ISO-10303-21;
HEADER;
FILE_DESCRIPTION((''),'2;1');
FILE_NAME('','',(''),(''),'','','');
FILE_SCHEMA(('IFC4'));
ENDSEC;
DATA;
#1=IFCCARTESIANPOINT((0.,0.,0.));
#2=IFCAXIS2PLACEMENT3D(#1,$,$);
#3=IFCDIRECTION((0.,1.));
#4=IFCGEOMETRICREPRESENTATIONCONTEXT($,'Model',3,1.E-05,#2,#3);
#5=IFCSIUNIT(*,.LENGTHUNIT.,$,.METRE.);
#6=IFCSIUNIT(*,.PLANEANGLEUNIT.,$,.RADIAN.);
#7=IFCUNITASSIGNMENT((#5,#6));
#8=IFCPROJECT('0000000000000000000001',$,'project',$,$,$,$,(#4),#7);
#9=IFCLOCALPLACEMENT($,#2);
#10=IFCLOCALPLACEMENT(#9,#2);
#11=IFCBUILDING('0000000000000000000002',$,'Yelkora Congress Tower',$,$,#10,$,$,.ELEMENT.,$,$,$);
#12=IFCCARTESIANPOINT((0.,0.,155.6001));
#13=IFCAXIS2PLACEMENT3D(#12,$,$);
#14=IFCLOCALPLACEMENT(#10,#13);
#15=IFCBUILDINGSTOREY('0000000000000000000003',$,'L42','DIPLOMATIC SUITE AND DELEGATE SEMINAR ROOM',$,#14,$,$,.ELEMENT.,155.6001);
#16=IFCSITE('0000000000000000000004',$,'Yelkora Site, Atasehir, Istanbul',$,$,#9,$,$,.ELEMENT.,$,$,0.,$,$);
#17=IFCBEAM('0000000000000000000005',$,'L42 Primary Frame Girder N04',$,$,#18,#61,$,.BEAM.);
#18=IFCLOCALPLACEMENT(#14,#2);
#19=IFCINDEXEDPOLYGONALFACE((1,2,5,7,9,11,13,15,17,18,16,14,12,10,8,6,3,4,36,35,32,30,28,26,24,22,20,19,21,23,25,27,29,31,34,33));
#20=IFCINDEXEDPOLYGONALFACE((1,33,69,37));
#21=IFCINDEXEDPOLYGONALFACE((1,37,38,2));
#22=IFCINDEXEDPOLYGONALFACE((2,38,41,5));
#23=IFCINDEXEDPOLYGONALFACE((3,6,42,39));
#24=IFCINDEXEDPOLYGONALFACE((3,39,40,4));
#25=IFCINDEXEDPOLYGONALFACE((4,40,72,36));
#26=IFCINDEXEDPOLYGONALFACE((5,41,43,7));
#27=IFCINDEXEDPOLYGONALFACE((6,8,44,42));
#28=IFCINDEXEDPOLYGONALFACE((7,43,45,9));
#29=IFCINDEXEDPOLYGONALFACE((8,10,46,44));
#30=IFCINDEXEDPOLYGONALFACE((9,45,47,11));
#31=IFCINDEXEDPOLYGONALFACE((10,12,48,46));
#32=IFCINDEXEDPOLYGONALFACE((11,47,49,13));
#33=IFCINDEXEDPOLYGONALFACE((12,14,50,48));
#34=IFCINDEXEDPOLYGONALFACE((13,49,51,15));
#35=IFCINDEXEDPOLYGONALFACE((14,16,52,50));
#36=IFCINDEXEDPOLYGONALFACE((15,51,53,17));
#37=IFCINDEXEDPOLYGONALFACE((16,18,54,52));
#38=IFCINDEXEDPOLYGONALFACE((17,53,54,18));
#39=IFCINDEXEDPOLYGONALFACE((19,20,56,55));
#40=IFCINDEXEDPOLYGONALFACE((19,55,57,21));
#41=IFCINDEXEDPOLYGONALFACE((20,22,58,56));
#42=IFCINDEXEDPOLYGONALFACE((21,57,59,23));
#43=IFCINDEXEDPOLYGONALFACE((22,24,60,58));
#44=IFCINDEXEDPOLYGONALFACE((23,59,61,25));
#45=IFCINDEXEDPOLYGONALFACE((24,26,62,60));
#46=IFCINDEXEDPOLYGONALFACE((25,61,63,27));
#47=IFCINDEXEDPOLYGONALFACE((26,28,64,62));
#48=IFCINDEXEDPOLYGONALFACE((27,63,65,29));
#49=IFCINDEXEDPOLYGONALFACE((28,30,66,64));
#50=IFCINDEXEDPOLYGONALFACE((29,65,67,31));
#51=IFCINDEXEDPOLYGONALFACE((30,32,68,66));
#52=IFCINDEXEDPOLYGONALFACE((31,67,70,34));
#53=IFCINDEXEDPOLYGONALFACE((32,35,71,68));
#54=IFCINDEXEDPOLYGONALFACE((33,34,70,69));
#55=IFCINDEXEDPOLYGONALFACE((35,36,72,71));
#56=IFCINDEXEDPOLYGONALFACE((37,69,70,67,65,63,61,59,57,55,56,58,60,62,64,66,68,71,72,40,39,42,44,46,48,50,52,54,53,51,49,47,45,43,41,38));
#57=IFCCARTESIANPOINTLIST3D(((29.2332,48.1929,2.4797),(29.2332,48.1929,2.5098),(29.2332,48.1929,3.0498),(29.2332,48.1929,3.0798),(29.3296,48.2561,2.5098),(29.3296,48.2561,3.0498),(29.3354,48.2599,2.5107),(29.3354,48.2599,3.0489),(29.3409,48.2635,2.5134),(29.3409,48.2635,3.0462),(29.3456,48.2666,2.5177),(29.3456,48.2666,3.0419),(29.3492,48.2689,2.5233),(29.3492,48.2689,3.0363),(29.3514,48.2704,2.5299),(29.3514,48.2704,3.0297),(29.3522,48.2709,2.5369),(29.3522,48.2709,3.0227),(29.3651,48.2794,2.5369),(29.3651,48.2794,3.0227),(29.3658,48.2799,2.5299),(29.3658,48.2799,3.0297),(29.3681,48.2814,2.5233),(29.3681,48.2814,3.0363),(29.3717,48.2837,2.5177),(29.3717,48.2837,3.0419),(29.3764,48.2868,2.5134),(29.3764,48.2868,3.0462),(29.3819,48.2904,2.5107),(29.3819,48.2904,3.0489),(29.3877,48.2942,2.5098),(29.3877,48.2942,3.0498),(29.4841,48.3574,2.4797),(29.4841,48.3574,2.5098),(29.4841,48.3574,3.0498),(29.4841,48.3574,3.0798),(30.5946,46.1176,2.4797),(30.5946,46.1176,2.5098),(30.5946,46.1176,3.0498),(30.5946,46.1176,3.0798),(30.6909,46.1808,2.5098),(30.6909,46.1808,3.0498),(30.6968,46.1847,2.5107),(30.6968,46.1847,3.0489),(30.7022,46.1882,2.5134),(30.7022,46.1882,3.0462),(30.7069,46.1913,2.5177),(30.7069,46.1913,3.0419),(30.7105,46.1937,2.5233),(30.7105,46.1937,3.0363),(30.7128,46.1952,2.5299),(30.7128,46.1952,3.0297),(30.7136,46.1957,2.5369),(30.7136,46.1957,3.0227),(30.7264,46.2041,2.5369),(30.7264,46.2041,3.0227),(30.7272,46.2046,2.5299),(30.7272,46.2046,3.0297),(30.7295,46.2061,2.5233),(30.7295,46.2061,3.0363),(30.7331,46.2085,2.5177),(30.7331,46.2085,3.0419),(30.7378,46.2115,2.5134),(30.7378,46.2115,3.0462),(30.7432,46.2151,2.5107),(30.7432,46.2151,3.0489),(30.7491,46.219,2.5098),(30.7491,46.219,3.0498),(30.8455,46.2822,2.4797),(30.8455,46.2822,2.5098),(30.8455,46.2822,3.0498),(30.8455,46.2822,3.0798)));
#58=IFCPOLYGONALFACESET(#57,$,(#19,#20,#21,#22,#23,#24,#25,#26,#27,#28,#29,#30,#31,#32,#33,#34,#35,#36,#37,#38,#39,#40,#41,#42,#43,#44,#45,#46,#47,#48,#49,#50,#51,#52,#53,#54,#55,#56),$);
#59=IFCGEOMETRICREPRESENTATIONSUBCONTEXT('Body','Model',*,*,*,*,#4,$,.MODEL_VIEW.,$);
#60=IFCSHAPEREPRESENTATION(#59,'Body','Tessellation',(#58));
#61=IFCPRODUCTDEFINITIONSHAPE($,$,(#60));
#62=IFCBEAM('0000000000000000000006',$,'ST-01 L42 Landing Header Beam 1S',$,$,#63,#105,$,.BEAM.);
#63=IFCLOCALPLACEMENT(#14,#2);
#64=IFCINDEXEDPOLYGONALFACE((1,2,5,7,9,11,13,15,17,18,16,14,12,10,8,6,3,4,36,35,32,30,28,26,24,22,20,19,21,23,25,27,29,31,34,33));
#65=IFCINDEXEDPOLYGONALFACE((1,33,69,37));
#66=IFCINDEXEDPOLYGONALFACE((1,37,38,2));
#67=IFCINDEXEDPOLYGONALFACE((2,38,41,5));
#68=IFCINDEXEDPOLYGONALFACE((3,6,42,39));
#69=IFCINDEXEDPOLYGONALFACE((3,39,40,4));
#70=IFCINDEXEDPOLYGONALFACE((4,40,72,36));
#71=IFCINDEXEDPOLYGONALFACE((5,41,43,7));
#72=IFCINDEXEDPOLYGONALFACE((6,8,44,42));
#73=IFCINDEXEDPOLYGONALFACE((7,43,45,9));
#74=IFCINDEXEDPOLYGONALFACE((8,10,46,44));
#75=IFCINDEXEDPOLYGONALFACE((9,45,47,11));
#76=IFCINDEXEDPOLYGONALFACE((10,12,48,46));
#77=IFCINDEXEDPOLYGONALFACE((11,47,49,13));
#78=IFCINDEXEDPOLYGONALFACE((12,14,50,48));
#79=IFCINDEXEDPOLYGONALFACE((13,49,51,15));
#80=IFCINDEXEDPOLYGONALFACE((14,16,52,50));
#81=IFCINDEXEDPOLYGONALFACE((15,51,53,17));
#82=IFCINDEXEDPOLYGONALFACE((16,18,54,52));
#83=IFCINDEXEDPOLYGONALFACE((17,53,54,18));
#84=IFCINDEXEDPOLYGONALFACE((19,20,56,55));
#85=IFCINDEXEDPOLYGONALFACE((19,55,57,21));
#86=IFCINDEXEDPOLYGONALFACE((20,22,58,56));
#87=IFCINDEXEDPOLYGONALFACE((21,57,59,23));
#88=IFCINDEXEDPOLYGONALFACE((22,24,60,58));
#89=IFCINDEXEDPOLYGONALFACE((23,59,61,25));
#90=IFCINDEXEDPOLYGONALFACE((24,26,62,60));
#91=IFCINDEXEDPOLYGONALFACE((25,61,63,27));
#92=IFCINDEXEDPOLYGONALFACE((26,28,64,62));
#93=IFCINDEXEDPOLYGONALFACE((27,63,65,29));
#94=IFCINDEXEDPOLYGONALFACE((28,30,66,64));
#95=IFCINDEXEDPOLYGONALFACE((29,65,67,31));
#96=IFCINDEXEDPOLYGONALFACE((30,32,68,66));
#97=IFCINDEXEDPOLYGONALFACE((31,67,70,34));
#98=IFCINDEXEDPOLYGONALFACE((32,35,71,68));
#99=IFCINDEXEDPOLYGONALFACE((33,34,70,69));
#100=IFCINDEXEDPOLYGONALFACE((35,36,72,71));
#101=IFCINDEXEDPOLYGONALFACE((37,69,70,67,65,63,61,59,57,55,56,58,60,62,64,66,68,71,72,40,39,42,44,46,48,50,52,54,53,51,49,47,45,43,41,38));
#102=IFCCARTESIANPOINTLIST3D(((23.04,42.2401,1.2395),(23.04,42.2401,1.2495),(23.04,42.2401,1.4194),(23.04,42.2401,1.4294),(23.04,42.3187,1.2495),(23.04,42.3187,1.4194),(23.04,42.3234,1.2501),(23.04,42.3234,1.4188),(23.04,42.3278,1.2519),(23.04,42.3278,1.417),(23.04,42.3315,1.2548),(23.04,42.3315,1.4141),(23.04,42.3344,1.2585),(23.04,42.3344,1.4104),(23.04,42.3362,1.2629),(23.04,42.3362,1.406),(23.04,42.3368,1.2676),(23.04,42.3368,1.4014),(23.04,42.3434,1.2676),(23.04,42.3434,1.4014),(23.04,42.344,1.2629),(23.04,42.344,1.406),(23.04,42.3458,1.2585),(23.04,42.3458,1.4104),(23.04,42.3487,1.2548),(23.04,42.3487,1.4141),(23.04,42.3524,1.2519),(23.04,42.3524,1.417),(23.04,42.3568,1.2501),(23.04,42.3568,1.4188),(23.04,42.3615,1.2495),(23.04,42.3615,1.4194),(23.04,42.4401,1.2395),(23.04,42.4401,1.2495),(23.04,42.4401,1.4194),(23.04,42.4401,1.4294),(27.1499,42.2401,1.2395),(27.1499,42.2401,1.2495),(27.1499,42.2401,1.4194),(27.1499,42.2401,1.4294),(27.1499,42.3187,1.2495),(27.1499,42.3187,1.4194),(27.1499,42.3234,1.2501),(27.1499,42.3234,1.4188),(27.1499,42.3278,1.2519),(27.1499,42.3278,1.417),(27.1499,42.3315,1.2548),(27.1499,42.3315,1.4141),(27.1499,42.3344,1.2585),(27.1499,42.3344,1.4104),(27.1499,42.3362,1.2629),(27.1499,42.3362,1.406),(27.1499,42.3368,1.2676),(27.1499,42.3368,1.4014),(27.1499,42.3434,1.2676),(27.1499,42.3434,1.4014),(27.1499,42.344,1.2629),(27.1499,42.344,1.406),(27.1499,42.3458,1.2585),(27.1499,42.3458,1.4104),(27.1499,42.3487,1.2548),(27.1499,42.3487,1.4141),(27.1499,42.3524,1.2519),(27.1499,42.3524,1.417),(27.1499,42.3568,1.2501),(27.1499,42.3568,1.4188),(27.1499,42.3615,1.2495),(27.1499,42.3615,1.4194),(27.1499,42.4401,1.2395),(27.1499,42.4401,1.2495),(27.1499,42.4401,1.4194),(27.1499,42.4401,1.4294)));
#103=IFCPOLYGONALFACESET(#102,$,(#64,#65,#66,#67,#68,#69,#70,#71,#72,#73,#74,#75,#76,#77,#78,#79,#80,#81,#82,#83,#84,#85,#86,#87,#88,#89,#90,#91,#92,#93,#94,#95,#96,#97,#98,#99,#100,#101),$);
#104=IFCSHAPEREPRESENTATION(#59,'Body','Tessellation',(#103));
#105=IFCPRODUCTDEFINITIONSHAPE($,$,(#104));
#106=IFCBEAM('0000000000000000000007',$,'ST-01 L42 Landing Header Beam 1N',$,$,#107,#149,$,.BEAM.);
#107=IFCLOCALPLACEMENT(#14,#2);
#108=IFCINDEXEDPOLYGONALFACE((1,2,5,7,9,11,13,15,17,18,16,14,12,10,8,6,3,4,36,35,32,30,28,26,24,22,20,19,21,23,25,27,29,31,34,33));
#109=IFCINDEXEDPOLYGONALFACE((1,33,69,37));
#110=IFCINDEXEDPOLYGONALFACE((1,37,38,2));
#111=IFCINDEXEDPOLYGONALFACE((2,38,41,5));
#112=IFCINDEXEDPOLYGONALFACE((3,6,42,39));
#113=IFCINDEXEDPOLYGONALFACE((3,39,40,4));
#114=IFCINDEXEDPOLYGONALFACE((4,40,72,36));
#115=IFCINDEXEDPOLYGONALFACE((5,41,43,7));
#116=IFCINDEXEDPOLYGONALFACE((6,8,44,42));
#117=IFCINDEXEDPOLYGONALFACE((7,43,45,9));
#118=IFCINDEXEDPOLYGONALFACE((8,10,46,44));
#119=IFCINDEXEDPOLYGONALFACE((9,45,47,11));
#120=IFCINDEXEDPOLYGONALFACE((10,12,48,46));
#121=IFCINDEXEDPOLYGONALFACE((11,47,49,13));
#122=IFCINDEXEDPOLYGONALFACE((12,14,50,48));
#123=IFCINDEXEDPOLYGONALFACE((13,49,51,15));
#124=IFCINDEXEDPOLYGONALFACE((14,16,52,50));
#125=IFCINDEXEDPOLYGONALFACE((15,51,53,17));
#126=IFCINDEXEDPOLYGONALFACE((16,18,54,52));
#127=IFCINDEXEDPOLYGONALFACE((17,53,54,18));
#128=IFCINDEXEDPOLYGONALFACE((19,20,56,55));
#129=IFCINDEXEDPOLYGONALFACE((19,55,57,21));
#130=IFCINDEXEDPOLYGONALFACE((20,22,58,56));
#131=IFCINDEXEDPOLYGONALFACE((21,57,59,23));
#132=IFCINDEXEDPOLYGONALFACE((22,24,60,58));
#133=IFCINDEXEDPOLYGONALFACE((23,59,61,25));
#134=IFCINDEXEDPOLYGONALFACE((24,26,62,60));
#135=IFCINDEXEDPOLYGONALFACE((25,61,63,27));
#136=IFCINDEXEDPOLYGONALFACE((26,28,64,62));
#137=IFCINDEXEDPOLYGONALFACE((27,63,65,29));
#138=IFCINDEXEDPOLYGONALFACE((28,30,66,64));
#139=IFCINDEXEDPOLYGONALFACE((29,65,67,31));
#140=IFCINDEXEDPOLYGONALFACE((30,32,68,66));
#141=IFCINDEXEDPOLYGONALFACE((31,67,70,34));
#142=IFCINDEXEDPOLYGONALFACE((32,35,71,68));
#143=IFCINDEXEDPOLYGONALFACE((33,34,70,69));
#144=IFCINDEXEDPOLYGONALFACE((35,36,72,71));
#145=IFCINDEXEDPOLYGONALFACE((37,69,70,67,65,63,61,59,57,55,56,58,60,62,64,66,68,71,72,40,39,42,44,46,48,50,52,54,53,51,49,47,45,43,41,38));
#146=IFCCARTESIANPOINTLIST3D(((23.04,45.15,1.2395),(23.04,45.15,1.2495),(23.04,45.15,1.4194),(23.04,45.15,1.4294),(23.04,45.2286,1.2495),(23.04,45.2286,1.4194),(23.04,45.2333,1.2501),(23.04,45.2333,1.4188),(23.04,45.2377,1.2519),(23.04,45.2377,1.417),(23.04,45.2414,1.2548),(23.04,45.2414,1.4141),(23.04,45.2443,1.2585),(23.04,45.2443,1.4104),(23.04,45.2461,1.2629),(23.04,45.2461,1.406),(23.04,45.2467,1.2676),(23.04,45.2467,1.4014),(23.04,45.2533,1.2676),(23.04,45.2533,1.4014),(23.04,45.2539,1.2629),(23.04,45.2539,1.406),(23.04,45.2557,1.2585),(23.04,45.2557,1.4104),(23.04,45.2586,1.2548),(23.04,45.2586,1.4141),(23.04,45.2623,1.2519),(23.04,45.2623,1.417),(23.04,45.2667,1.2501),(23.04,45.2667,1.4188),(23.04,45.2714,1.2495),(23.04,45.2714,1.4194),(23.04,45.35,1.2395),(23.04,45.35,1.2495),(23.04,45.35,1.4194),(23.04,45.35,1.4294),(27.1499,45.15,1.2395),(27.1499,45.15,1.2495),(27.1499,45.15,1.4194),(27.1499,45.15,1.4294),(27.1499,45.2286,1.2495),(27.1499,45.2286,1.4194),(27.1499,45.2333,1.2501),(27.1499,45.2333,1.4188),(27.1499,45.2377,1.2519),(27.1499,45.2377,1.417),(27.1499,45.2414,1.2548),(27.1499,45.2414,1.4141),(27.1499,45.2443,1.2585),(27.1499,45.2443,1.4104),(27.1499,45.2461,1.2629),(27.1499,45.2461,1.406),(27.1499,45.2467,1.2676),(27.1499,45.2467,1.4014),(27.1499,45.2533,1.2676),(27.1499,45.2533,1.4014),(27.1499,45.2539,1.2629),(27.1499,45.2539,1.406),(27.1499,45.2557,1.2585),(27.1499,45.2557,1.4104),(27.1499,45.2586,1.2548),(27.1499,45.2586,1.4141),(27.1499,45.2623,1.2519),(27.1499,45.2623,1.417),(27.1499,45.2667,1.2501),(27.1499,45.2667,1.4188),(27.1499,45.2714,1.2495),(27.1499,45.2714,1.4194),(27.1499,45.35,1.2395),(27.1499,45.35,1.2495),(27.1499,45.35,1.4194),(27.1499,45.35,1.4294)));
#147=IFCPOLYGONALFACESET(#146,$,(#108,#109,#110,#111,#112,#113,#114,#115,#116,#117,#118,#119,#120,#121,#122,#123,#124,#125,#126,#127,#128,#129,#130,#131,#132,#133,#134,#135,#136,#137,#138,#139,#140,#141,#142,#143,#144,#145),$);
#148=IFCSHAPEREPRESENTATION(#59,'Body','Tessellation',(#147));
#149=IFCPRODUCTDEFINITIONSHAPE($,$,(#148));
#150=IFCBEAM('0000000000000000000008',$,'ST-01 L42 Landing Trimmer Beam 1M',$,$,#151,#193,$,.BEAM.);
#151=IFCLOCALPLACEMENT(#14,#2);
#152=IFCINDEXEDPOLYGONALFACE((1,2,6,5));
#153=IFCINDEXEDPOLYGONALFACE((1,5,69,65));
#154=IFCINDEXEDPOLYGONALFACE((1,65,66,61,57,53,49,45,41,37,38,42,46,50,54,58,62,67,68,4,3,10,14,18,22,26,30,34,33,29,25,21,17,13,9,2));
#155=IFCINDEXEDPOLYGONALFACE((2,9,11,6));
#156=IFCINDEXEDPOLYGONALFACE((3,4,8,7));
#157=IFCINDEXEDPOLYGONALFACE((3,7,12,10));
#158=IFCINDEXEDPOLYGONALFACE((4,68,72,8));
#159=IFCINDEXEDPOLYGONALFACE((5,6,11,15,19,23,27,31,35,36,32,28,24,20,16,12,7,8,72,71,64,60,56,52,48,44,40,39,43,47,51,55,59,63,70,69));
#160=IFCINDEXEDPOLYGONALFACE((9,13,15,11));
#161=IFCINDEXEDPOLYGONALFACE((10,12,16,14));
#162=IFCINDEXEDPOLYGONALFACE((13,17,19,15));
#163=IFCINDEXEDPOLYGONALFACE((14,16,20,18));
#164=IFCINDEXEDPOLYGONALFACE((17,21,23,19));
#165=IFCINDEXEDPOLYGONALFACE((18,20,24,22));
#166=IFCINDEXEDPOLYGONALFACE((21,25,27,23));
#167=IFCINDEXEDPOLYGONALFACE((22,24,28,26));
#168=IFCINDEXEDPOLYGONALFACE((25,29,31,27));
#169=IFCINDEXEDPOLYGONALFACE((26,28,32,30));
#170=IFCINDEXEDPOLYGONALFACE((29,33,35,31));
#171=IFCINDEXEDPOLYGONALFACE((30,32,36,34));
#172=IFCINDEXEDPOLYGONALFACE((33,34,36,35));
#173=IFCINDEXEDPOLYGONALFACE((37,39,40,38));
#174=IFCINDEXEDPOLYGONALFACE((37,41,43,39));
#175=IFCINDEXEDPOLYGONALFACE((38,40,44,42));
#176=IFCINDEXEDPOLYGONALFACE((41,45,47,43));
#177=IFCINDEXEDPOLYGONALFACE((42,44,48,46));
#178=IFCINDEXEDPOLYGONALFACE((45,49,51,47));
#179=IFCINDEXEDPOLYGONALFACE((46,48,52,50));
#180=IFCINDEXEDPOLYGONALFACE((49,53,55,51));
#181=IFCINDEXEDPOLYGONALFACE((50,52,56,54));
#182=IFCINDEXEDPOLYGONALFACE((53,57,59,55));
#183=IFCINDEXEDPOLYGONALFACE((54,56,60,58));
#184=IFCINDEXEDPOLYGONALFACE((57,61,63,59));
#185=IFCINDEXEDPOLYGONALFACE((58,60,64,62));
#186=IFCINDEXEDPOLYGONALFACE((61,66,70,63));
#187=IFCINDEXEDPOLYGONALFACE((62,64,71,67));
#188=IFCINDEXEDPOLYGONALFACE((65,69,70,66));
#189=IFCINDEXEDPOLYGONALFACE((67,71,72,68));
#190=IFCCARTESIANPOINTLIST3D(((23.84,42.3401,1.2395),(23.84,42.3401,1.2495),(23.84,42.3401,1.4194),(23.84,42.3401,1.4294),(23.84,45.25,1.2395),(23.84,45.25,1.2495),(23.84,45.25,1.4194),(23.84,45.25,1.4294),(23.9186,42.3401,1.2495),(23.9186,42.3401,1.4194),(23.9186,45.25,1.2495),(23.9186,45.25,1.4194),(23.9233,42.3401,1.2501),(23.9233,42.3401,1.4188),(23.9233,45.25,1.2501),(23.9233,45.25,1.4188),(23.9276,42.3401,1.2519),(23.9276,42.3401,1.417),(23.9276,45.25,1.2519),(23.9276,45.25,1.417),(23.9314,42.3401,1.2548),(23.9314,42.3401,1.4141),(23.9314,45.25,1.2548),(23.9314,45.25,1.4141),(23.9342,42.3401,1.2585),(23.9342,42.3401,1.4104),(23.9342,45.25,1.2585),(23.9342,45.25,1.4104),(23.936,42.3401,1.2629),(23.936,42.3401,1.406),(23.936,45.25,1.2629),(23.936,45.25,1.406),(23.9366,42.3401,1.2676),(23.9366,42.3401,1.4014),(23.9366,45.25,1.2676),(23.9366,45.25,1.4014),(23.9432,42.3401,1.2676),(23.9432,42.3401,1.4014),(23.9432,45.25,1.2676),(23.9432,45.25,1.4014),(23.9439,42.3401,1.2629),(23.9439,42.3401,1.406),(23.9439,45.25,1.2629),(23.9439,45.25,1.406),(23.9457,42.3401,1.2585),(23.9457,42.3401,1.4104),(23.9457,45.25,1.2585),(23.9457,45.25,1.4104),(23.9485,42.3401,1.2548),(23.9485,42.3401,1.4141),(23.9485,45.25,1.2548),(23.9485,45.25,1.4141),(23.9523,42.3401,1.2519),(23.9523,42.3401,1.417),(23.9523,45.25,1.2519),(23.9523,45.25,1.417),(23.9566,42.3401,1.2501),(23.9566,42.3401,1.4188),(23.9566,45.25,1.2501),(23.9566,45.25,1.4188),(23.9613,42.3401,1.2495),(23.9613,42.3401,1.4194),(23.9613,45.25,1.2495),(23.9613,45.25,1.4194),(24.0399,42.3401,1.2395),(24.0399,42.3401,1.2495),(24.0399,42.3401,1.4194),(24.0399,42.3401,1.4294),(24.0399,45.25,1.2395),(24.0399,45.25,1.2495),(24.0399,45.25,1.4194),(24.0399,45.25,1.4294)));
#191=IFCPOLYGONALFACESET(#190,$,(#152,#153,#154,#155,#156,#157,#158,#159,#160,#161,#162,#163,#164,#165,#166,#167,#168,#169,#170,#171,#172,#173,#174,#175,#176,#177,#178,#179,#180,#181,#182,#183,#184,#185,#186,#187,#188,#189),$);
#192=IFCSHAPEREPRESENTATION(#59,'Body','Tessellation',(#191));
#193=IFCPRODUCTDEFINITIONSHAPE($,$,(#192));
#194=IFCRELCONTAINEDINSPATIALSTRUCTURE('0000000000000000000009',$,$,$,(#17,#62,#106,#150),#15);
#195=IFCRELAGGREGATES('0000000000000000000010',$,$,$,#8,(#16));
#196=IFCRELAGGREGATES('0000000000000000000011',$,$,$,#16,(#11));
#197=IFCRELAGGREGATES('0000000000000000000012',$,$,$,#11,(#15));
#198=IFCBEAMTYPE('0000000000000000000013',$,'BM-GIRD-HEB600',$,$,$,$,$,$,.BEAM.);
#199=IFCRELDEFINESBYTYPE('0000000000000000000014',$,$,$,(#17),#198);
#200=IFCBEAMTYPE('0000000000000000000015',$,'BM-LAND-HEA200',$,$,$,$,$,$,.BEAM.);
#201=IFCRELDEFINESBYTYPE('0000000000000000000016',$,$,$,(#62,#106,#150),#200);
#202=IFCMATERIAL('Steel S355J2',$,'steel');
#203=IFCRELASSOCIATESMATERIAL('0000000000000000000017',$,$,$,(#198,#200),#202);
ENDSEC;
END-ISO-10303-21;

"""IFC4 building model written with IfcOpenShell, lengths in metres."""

from ifc_helpers import new_model, si_unit, direction, frame, origin, origin_2d, place, context, subcontext, project, spatial, i_section, extrude, material, material_profile, profile_set, type_object, element, save


model = new_model("IFC4")

# Units and contexts
model_context = context("Model", 3, precision=1e-05, world=origin(), true_north=direction((0.0, 1.0)))
body_context = subcontext(model_context, "Body", "Model", "MODEL_VIEW")
ifc_project = project(units=[si_unit("LENGTHUNIT", "METRE"), si_unit("PLANEANGLEUNIT", "RADIAN")], contexts=[model_context])

# Site, building, storey
site_placement = place(None, origin())
site = spatial("IfcSite", under=ifc_project, at=site_placement, Name="Yelkora Site, Atasehir, Istanbul", CompositionType="ELEMENT", RefElevation=0.0)
building_placement = place(site_placement, origin())
building = spatial("IfcBuilding", under=site, at=building_placement, Name="Yelkora Congress Tower", CompositionType="ELEMENT")
storey_placement = place(building_placement, frame((0.0, 0.0, 155.6001)))
storey = spatial("IfcBuildingStorey", under=building, at=storey_placement, Name="L42", Description="DIPLOMATIC SUITE AND DELEGATE SEMINAR ROOM", CompositionType="ELEMENT", Elevation=155.6001)

# Beams
ifc_material_1 = material(Name="Steel S355J2", Category="steel")
ifc_material_profile_1 = material_profile(ifc_material_1, i_section(OverallWidth=0.3, OverallDepth=0.6001, WebThickness=0.0154, FlangeThickness=0.03, FilletRadius=0.0271, at=origin_2d()), Name="HEB 600")
ifc_profile_set_1 = profile_set([ifc_material_profile_1], Name="Steel S355J2")
beam_type_1 = type_object("IfcBeamType", Name="BM-GIRD-HEB600", PredefinedType="BEAM", material=ifc_profile_set_1)
beam_1_placement = place(storey_placement, frame((29.3586, 48.2751, 2.7798), z_axis=(0.54851, -0.836144, 0.0), x_axis=(0.836144, 0.54851, 0.0)))
element("IfcBeam", 1, at=beam_1_placement, inside=storey, type_object=beam_type_1, Name="L42 Primary Frame Girder N04", PredefinedType="BEAM", context=body_context, shape_type="SweptSolid", body=[
    extrude(i_section(OverallWidth=0.3, OverallDepth=0.6001, WebThickness=0.0154, FlangeThickness=0.03, FilletRadius=0.0271, at=origin_2d()), origin(), (0.0, 0.0, 1.0), 2.4819),
])
ifc_material_profile_2 = material_profile(ifc_material_1, i_section(OverallWidth=0.2, OverallDepth=0.1899, WebThickness=0.0066, FlangeThickness=0.01, FilletRadius=0.0181, at=origin_2d()), Name="HEA 200")
ifc_profile_set_2 = profile_set([ifc_material_profile_2], Name="Steel S355J2")
beam_type_2 = type_object("IfcBeamType", Name="BM-LAND-HEA200", PredefinedType="BEAM", material=ifc_profile_set_2)
for number, where, z_axis, x_axis, name in (
    (2, (23.04, 42.3401, 1.3345), (1.0, 0.0, 0.0), (0.0, 1.0, 0.0), "ST-01 L42 Landing Header Beam 1S"),
    (3, (23.04, 45.25, 1.3345), (1.0, 0.0, 0.0), (0.0, 1.0, 0.0), "ST-01 L42 Landing Header Beam 1N"),
):
    element("IfcBeam", number, at=place(storey_placement, frame(where, z_axis=z_axis, x_axis=x_axis)), inside=storey, type_object=beam_type_2, Name=name, PredefinedType="BEAM", context=body_context, shape_type="SweptSolid", body=[
        extrude(i_section(OverallWidth=0.2, OverallDepth=0.1899, WebThickness=0.0066, FlangeThickness=0.01, FilletRadius=0.0181, at=origin_2d()), origin(), (0.0, 0.0, 1.0), 4.1099),
    ])
beam_2_placement = place(storey_placement, frame((23.9399, 42.3401, 1.3345), z_axis=(0.0, 1.0, 0.0), x_axis=(-1.0, 0.0, 0.0)))
element("IfcBeam", 4, at=beam_2_placement, inside=storey, type_object=beam_type_2, Name="ST-01 L42 Landing Trimmer Beam 1M", PredefinedType="BEAM", context=body_context, shape_type="SweptSolid", body=[
    extrude(i_section(OverallWidth=0.2, OverallDepth=0.1899, WebThickness=0.0066, FlangeThickness=0.01, FilletRadius=0.0181, at=origin_2d()), origin(), (0.0, 0.0, 1.0), 2.9099),
])

save(model, "model.ifc")
